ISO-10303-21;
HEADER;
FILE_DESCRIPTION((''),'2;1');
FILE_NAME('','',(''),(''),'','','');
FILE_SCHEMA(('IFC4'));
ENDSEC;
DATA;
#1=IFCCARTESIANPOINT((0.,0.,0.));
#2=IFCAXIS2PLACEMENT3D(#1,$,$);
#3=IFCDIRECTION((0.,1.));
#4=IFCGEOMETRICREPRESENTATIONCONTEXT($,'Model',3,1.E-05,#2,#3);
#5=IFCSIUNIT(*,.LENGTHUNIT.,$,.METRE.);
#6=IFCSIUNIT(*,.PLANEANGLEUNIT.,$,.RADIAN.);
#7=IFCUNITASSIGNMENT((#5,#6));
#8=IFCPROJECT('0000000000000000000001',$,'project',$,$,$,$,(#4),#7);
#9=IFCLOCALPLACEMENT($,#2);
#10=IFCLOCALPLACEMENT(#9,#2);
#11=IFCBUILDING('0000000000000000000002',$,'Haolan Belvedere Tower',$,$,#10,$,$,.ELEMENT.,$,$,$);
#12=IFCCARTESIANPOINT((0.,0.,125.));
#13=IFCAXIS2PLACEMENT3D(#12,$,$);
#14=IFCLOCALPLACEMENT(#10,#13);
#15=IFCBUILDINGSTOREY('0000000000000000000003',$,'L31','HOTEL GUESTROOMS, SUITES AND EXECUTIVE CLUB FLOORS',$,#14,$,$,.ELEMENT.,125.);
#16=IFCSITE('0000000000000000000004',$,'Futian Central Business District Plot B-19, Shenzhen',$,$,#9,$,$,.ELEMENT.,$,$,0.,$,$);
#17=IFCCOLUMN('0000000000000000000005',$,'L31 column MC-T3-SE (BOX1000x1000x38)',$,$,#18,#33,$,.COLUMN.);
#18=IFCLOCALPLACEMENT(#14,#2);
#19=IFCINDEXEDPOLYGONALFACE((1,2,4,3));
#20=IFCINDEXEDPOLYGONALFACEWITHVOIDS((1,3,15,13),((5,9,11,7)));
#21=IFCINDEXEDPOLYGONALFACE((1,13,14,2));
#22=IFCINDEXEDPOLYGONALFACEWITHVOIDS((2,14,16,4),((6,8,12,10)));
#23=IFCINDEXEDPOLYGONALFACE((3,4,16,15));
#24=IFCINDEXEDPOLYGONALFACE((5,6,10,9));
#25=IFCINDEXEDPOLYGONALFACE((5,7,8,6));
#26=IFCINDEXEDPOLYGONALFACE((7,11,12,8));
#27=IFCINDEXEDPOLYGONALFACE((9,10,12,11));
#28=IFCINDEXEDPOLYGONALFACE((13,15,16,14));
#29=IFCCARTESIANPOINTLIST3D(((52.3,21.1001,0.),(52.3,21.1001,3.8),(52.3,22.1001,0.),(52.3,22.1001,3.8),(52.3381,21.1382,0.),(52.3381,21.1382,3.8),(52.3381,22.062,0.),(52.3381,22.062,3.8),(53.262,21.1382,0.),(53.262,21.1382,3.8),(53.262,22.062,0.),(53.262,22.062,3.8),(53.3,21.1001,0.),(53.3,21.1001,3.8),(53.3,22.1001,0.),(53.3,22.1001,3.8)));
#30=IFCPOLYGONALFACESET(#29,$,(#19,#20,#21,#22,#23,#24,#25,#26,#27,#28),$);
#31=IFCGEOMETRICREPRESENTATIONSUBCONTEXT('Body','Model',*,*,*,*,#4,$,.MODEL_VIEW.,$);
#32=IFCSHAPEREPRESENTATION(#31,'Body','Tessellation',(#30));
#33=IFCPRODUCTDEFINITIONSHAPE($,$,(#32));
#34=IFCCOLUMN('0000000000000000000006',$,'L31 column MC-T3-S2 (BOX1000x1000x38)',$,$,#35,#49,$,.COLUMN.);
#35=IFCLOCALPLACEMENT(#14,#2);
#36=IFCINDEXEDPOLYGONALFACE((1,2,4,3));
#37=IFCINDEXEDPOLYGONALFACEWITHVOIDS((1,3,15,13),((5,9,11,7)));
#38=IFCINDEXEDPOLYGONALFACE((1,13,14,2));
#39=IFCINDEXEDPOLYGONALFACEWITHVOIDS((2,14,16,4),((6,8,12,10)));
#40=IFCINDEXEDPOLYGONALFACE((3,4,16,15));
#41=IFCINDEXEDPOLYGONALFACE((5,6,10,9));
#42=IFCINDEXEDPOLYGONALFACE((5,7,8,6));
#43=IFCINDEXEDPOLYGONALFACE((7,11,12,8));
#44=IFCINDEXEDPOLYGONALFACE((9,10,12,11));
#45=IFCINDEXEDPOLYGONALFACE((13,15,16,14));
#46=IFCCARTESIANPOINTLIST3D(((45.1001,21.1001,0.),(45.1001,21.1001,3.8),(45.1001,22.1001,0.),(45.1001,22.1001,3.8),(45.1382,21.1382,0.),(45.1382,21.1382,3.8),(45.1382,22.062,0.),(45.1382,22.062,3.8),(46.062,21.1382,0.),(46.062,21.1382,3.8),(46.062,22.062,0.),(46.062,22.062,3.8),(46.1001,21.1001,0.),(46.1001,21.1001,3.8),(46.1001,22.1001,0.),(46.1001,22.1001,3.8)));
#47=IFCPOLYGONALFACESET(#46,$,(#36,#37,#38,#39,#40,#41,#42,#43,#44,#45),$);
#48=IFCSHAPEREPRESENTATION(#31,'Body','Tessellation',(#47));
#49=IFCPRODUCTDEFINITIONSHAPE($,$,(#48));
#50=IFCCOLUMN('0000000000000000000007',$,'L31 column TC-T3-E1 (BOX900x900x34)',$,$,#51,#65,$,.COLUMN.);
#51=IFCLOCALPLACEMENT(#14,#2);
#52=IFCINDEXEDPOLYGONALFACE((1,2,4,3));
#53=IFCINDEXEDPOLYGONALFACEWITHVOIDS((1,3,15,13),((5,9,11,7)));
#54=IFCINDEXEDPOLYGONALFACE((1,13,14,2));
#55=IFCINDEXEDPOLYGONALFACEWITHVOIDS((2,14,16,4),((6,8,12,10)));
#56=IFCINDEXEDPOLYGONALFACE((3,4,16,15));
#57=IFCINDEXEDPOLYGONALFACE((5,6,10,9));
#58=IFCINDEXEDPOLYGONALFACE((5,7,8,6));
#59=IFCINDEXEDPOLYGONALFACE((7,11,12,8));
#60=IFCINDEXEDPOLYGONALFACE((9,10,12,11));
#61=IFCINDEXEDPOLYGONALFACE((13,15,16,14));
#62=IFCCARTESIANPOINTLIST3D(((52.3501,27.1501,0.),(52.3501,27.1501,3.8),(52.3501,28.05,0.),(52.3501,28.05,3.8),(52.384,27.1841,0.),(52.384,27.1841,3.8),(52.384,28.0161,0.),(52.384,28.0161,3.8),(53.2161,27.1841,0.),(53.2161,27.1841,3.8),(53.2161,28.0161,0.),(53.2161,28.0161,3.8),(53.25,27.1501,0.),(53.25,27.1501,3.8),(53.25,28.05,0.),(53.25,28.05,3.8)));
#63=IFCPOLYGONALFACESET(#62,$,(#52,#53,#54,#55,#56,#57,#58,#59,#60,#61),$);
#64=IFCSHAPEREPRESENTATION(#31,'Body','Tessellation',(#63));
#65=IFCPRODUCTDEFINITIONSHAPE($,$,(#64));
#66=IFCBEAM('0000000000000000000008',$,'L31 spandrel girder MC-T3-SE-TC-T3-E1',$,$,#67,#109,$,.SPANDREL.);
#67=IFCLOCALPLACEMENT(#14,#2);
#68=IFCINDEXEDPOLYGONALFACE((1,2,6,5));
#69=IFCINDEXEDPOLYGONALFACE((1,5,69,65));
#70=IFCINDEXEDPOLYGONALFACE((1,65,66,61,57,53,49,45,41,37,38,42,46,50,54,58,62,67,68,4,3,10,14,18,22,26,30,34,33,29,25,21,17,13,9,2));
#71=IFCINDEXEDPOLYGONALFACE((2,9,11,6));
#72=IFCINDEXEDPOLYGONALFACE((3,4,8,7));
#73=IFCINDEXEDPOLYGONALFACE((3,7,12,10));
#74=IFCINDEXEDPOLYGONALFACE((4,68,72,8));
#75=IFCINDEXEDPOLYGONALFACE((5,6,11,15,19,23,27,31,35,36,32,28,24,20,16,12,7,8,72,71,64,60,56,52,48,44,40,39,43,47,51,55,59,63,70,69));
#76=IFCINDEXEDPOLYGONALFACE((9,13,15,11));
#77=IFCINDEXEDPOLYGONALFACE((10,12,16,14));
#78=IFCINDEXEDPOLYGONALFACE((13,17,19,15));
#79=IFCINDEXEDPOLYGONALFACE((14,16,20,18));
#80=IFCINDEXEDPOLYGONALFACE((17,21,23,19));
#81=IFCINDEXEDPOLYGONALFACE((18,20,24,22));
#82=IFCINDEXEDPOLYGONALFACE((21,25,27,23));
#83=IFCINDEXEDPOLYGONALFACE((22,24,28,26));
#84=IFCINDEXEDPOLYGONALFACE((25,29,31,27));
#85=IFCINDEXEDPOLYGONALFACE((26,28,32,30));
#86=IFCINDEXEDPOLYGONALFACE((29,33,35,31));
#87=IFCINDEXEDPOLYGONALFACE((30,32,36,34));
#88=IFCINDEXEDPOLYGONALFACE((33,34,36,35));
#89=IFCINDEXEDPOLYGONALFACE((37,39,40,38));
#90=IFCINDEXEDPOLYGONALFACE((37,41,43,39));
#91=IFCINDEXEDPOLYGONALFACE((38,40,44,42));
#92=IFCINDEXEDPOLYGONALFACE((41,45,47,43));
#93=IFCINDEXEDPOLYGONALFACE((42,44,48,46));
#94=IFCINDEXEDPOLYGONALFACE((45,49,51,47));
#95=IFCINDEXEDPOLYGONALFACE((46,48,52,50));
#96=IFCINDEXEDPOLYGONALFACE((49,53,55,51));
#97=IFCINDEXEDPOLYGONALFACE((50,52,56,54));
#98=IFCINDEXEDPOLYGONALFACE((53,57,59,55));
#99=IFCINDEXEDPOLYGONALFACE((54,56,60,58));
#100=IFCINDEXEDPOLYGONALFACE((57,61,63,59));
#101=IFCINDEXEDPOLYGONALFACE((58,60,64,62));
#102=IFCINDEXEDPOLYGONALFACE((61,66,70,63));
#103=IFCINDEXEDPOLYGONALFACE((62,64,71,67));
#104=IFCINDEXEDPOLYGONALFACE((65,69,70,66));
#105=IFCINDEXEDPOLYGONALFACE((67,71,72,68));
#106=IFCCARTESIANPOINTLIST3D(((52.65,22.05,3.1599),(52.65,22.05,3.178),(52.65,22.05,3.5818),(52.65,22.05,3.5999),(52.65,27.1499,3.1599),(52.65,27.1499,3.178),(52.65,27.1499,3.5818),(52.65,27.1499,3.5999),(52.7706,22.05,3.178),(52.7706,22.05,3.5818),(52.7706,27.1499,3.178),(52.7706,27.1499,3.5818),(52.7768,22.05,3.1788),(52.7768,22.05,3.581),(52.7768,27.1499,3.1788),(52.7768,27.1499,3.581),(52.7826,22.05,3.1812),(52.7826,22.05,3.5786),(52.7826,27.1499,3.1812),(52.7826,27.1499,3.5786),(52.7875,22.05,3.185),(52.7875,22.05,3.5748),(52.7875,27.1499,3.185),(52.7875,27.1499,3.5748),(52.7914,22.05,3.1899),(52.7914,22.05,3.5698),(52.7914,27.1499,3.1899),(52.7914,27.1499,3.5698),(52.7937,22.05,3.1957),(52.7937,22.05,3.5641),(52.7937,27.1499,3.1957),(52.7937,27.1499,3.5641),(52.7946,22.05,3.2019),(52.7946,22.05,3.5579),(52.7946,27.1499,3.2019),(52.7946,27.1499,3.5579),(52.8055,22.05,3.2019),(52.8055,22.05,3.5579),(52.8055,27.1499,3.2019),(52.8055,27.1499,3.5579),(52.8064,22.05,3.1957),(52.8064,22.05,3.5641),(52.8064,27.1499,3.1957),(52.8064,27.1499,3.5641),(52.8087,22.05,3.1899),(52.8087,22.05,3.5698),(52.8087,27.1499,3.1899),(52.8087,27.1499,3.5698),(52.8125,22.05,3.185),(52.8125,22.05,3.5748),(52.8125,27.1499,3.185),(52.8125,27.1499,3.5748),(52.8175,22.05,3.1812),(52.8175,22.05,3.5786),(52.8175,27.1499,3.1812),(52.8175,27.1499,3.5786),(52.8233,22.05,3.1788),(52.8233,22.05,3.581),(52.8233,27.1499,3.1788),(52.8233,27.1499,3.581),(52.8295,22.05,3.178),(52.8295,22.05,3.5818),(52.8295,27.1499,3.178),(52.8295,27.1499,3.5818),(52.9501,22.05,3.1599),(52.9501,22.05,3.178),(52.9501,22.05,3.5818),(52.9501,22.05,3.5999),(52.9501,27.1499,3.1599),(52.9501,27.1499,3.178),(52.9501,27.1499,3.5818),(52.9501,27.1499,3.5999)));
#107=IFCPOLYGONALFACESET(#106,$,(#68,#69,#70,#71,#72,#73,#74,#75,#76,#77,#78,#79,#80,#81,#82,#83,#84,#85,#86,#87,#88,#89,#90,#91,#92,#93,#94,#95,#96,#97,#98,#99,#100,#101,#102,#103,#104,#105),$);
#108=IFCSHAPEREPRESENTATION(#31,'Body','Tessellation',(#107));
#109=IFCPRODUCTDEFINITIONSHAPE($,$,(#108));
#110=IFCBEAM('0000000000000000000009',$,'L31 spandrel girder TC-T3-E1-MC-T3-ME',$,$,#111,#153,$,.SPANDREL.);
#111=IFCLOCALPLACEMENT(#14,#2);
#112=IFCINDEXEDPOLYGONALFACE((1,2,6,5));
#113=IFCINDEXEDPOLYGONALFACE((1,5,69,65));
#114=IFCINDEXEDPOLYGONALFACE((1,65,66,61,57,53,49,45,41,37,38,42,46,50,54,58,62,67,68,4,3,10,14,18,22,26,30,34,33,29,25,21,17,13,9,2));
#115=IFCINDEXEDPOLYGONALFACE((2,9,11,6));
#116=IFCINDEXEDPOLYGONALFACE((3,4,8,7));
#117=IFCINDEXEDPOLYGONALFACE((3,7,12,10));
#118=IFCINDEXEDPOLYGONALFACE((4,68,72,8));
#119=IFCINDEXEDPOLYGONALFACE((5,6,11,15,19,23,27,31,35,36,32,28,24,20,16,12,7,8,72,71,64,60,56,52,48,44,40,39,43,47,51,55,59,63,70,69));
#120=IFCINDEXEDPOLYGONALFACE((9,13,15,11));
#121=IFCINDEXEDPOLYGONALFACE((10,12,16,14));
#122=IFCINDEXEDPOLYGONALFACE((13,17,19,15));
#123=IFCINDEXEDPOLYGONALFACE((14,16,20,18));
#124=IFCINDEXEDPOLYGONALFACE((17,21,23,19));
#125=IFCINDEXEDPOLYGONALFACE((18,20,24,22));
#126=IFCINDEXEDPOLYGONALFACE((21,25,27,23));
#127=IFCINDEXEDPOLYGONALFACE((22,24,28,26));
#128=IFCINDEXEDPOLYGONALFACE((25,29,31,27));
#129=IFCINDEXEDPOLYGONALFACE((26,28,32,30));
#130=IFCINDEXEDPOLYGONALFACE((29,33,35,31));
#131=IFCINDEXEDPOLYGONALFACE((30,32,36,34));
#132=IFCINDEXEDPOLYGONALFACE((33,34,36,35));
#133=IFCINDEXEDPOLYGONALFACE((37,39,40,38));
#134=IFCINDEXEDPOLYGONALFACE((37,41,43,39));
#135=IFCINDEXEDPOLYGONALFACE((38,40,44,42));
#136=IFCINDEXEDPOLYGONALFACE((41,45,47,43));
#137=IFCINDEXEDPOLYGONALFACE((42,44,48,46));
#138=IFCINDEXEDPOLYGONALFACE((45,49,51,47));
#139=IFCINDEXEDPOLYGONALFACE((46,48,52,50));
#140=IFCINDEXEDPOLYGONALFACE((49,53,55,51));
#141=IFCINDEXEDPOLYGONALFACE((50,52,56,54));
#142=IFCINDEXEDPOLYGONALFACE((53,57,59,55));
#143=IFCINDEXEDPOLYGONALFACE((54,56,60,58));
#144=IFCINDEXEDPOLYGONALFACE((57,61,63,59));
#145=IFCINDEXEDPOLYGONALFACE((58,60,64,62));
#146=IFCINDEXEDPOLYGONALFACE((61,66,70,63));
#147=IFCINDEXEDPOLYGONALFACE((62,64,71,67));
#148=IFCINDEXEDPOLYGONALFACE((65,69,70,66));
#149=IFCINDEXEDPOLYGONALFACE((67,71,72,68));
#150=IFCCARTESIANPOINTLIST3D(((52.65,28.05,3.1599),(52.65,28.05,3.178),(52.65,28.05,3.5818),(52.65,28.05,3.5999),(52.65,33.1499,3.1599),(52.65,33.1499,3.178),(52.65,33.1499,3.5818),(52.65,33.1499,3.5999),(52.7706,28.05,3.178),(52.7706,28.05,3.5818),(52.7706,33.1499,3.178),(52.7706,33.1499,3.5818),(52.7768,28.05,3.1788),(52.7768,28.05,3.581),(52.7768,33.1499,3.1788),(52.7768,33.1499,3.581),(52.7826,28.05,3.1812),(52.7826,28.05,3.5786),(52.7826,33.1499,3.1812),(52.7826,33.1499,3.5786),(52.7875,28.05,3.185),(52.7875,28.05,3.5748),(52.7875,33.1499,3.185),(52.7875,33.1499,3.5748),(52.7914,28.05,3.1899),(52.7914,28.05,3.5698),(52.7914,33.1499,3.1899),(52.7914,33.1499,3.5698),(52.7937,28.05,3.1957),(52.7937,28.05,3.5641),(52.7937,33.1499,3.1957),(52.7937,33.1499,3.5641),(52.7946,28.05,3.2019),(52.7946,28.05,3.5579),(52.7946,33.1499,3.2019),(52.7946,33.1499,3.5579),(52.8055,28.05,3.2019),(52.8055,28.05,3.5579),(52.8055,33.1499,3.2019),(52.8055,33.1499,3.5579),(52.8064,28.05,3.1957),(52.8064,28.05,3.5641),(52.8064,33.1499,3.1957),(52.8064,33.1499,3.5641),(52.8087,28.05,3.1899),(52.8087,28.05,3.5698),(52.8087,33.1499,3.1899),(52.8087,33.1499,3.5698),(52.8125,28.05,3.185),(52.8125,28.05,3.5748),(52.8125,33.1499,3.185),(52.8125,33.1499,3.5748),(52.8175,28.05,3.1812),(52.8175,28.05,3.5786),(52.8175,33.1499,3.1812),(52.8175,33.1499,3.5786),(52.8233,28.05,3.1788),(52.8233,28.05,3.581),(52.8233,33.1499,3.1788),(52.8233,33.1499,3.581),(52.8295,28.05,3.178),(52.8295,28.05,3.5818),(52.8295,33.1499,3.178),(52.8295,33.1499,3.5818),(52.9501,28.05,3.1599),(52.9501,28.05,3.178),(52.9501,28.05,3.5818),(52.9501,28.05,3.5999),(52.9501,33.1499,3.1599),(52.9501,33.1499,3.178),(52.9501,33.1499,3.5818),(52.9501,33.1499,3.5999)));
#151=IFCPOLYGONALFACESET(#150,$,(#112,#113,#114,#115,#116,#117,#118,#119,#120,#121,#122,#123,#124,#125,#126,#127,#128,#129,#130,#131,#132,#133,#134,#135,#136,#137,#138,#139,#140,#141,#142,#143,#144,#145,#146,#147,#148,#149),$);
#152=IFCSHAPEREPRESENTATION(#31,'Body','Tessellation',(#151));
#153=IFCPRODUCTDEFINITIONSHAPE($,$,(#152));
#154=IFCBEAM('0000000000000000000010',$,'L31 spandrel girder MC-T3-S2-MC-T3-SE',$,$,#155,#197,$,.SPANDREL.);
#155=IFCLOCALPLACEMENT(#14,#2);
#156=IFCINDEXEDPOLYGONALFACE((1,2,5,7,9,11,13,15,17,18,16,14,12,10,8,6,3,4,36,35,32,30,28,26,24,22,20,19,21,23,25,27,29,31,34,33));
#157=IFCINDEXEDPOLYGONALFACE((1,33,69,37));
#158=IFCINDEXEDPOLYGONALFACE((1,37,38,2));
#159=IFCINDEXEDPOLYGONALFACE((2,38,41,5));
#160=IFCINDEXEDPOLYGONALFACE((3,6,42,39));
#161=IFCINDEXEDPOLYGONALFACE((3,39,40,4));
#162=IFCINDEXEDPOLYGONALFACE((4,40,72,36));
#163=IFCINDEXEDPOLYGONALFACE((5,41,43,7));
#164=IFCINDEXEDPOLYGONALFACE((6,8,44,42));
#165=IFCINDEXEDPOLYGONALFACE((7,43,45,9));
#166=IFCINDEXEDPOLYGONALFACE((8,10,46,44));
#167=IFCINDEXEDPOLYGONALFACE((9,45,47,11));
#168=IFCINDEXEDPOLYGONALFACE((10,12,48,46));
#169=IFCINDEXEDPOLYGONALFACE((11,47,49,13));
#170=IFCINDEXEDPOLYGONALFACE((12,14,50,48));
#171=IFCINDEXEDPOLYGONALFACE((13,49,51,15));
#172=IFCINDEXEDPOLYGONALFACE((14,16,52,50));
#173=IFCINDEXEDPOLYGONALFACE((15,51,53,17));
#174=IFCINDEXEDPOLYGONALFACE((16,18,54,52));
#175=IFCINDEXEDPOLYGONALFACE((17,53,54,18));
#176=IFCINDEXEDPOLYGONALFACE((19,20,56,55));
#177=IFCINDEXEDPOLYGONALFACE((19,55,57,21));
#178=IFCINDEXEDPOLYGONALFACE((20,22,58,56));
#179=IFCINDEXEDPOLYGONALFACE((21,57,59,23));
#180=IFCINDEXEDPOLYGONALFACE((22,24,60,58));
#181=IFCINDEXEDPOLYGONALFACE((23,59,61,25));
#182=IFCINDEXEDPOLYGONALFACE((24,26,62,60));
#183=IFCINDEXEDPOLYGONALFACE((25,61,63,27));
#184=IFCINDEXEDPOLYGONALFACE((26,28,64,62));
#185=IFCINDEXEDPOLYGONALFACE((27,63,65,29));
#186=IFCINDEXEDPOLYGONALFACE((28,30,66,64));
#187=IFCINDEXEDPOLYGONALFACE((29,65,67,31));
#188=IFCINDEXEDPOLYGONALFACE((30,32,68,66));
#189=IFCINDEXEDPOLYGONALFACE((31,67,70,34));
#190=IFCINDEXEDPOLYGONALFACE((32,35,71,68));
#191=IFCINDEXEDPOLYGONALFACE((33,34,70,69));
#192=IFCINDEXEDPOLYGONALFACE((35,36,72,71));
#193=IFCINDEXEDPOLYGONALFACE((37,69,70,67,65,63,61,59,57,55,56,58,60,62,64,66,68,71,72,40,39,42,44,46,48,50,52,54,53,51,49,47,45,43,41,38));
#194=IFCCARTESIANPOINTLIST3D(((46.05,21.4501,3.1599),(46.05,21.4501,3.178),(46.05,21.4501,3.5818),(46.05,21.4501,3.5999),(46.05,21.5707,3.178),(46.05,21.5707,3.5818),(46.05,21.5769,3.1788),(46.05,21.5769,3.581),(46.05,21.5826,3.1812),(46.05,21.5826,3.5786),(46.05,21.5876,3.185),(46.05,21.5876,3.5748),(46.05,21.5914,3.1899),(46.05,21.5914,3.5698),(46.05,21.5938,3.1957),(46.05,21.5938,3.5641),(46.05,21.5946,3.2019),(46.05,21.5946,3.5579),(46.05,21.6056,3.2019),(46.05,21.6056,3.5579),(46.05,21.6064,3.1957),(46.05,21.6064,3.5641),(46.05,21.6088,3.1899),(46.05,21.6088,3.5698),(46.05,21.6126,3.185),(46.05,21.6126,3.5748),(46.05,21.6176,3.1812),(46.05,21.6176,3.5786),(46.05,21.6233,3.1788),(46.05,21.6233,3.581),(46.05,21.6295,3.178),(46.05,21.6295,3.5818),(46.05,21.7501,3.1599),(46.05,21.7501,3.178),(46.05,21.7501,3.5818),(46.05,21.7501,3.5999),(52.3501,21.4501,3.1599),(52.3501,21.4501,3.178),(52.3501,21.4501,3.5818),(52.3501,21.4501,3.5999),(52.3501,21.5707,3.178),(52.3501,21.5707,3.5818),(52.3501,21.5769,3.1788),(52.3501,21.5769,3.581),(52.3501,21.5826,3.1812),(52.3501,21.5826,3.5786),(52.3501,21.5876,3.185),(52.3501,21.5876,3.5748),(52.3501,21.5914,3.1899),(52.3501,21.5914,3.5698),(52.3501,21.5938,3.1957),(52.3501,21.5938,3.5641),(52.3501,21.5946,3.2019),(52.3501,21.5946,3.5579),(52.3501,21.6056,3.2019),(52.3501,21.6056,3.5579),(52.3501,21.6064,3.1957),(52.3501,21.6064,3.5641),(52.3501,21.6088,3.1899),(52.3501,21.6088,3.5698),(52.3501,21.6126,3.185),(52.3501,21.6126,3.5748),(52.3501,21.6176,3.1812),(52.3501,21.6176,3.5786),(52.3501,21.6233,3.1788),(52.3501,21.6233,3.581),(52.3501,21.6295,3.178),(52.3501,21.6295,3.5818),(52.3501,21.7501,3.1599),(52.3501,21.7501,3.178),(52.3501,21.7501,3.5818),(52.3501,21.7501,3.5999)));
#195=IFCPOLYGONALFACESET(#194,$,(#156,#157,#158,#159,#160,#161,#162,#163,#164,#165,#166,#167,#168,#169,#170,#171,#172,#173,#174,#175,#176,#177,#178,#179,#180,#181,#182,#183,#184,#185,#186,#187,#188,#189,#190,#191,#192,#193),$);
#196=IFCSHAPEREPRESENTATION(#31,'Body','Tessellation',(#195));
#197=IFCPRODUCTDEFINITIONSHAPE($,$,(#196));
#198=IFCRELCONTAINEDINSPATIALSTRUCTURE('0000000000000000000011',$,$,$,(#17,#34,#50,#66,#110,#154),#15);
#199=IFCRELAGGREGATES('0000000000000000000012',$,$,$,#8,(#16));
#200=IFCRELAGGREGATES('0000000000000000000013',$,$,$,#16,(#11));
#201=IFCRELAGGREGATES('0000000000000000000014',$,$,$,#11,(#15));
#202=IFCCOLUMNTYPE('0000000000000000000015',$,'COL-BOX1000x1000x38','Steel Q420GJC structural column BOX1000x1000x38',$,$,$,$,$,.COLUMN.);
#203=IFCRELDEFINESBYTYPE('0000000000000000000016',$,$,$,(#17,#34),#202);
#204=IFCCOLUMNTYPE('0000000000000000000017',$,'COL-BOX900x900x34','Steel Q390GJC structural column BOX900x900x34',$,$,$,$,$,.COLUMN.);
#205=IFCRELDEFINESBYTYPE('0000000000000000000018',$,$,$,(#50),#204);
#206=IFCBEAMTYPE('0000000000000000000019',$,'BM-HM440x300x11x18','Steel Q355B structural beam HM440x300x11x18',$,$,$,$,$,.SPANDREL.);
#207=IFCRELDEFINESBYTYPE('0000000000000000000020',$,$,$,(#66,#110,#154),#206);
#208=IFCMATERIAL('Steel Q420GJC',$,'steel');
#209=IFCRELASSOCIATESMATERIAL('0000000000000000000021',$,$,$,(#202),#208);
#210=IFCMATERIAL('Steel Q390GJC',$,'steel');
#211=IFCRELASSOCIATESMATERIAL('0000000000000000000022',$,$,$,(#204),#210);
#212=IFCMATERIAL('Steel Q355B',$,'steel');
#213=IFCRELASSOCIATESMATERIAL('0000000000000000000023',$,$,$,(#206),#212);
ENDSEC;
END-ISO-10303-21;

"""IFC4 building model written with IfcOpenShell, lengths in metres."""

from ifc_helpers import new_model, si_unit, direction, frame, origin, origin_2d, place, context, subcontext, project, spatial, hollow_rectangle, i_section, extrude, material, material_profile, profile_set, type_object, element, save


model = new_model("IFC4")

# Units and contexts
model_context = context("Model", 3, precision=1e-05, world=origin(), true_north=direction((0.0, 1.0)))
body_context = subcontext(model_context, "Body", "Model", "MODEL_VIEW")
ifc_project = project(units=[si_unit("LENGTHUNIT", "METRE"), si_unit("PLANEANGLEUNIT", "RADIAN")], contexts=[model_context])

# Site, building, storey
site_placement = place(None, origin())
site = spatial("IfcSite", under=ifc_project, at=site_placement, Name="Futian Central Business District Plot B-19, Shenzhen", CompositionType="ELEMENT", RefElevation=0.0)
building_placement = place(site_placement, origin())
building = spatial("IfcBuilding", under=site, at=building_placement, Name="Haolan Belvedere Tower", CompositionType="ELEMENT")
storey_placement = place(building_placement, frame((0.0, 0.0, 125.0)))
storey = spatial("IfcBuildingStorey", under=building, at=storey_placement, Name="L31", Description="HOTEL GUESTROOMS, SUITES AND EXECUTIVE CLUB FLOORS", CompositionType="ELEMENT", Elevation=125.0)

# Columns
ifc_material_1 = material(Name="Steel Q420GJC", Category="steel")
ifc_material_profile_1 = material_profile(ifc_material_1, hollow_rectangle(XDim=1.0, YDim=1.0, WallThickness=0.0381, at=origin_2d()), Name="Steel Q420GJC")
ifc_profile_set_1 = profile_set([ifc_material_profile_1], Name="Steel Q420GJC")
column_type_1 = type_object("IfcColumnType", Name="COL-BOX1000x1000x38", Description="Steel Q420GJC structural column BOX1000x1000x38", PredefinedType="COLUMN", material=ifc_profile_set_1)
for number, where, z_axis, x_axis, name in (
    (1, (52.8, 21.6001, 0.0), (0.0, 0.0, 1.0), (1.0, 0.0, 0.0), "L31 column MC-T3-SE (BOX1000x1000x38)"),
    (2, (45.6001, 21.6001, 0.0), (0.0, 0.0, 1.0), (1.0, 0.0, 0.0), "L31 column MC-T3-S2 (BOX1000x1000x38)"),
):
    element("IfcColumn", number, at=place(storey_placement, frame(where, z_axis=z_axis, x_axis=x_axis)), inside=storey, type_object=column_type_1, Name=name, PredefinedType="COLUMN", context=body_context, shape_type="SweptSolid", body=[
        extrude(hollow_rectangle(XDim=1.0, YDim=1.0, WallThickness=0.0381, at=origin_2d()), origin(), (0.0, 0.0, 1.0), 3.8),
    ])
ifc_material_2 = material(Name="Steel Q390GJC", Category="steel")
ifc_material_profile_2 = material_profile(ifc_material_2, hollow_rectangle(XDim=0.8999, YDim=0.8999, WallThickness=0.0339, at=origin_2d()), Name="Steel Q390GJC")
ifc_profile_set_2 = profile_set([ifc_material_profile_2], Name="Steel Q390GJC")
column_type_2 = type_object("IfcColumnType", Name="COL-BOX900x900x34", Description="Steel Q390GJC structural column BOX900x900x34", PredefinedType="COLUMN", material=ifc_profile_set_2)
column_placement = place(storey_placement, frame((52.8, 27.6001, 0.0), z_axis=(0.0, 0.0, 1.0), x_axis=(1.0, 0.0, 0.0)))
element("IfcColumn", 3, at=column_placement, inside=storey, type_object=column_type_2, Name="L31 column TC-T3-E1 (BOX900x900x34)", PredefinedType="COLUMN", context=body_context, shape_type="SweptSolid", body=[
    extrude(hollow_rectangle(XDim=0.8999, YDim=0.8999, WallThickness=0.0339, at=origin_2d()), origin(), (0.0, 0.0, 1.0), 3.8),
])

# Beams
ifc_material_3 = material(Name="Steel Q355B", Category="steel")
ifc_material_profile_3 = material_profile(ifc_material_3, i_section(OverallWidth=0.3, OverallDepth=0.4399, WebThickness=0.011, FlangeThickness=0.0181, FilletRadius=0.0239, at=origin_2d()), Name="Steel Q355B")
ifc_profile_set_3 = profile_set([ifc_material_profile_3], Name="Steel Q355B")
beam_type_1 = type_object("IfcBeamType", Name="BM-HM440x300x11x18", Description="Steel Q355B structural beam HM440x300x11x18", PredefinedType="SPANDREL", material=ifc_profile_set_3)
for number, where, z_axis, x_axis, name in (
    (4, (52.8, 22.05, 3.3799), (0.0, 1.0, 0.0), (-1.0, 0.0, 0.0), "L31 spandrel girder MC-T3-SE-TC-T3-E1"),
    (5, (52.8, 28.05, 3.3799), (0.0, 1.0, 0.0), (-1.0, 0.0, 0.0), "L31 spandrel girder TC-T3-E1-MC-T3-ME"),
):
    element("IfcBeam", number, at=place(storey_placement, frame(where, z_axis=z_axis, x_axis=x_axis)), inside=storey, type_object=beam_type_1, Name=name, PredefinedType="SPANDREL", context=body_context, shape_type="SweptSolid", body=[
        extrude(i_section(OverallWidth=0.3, OverallDepth=0.4399, WebThickness=0.011, FlangeThickness=0.0181, FilletRadius=0.0239, at=origin_2d()), origin(), (0.0, 0.0, 1.0), 5.0999),
    ])
beam_1_placement = place(storey_placement, frame((46.05, 21.6001, 3.3799), z_axis=(1.0, 0.0, 0.0), x_axis=(0.0, 1.0, 0.0)))
element("IfcBeam", 6, at=beam_1_placement, inside=storey, type_object=beam_type_1, Name="L31 spandrel girder MC-T3-S2-MC-T3-SE", PredefinedType="SPANDREL", context=body_context, shape_type="SweptSolid", body=[
    extrude(i_section(OverallWidth=0.3, OverallDepth=0.4399, WebThickness=0.011, FlangeThickness=0.0181, FilletRadius=0.0239, at=origin_2d()), origin(), (0.0, 0.0, 1.0), 6.3),
])

save(model, "model.ifc")
